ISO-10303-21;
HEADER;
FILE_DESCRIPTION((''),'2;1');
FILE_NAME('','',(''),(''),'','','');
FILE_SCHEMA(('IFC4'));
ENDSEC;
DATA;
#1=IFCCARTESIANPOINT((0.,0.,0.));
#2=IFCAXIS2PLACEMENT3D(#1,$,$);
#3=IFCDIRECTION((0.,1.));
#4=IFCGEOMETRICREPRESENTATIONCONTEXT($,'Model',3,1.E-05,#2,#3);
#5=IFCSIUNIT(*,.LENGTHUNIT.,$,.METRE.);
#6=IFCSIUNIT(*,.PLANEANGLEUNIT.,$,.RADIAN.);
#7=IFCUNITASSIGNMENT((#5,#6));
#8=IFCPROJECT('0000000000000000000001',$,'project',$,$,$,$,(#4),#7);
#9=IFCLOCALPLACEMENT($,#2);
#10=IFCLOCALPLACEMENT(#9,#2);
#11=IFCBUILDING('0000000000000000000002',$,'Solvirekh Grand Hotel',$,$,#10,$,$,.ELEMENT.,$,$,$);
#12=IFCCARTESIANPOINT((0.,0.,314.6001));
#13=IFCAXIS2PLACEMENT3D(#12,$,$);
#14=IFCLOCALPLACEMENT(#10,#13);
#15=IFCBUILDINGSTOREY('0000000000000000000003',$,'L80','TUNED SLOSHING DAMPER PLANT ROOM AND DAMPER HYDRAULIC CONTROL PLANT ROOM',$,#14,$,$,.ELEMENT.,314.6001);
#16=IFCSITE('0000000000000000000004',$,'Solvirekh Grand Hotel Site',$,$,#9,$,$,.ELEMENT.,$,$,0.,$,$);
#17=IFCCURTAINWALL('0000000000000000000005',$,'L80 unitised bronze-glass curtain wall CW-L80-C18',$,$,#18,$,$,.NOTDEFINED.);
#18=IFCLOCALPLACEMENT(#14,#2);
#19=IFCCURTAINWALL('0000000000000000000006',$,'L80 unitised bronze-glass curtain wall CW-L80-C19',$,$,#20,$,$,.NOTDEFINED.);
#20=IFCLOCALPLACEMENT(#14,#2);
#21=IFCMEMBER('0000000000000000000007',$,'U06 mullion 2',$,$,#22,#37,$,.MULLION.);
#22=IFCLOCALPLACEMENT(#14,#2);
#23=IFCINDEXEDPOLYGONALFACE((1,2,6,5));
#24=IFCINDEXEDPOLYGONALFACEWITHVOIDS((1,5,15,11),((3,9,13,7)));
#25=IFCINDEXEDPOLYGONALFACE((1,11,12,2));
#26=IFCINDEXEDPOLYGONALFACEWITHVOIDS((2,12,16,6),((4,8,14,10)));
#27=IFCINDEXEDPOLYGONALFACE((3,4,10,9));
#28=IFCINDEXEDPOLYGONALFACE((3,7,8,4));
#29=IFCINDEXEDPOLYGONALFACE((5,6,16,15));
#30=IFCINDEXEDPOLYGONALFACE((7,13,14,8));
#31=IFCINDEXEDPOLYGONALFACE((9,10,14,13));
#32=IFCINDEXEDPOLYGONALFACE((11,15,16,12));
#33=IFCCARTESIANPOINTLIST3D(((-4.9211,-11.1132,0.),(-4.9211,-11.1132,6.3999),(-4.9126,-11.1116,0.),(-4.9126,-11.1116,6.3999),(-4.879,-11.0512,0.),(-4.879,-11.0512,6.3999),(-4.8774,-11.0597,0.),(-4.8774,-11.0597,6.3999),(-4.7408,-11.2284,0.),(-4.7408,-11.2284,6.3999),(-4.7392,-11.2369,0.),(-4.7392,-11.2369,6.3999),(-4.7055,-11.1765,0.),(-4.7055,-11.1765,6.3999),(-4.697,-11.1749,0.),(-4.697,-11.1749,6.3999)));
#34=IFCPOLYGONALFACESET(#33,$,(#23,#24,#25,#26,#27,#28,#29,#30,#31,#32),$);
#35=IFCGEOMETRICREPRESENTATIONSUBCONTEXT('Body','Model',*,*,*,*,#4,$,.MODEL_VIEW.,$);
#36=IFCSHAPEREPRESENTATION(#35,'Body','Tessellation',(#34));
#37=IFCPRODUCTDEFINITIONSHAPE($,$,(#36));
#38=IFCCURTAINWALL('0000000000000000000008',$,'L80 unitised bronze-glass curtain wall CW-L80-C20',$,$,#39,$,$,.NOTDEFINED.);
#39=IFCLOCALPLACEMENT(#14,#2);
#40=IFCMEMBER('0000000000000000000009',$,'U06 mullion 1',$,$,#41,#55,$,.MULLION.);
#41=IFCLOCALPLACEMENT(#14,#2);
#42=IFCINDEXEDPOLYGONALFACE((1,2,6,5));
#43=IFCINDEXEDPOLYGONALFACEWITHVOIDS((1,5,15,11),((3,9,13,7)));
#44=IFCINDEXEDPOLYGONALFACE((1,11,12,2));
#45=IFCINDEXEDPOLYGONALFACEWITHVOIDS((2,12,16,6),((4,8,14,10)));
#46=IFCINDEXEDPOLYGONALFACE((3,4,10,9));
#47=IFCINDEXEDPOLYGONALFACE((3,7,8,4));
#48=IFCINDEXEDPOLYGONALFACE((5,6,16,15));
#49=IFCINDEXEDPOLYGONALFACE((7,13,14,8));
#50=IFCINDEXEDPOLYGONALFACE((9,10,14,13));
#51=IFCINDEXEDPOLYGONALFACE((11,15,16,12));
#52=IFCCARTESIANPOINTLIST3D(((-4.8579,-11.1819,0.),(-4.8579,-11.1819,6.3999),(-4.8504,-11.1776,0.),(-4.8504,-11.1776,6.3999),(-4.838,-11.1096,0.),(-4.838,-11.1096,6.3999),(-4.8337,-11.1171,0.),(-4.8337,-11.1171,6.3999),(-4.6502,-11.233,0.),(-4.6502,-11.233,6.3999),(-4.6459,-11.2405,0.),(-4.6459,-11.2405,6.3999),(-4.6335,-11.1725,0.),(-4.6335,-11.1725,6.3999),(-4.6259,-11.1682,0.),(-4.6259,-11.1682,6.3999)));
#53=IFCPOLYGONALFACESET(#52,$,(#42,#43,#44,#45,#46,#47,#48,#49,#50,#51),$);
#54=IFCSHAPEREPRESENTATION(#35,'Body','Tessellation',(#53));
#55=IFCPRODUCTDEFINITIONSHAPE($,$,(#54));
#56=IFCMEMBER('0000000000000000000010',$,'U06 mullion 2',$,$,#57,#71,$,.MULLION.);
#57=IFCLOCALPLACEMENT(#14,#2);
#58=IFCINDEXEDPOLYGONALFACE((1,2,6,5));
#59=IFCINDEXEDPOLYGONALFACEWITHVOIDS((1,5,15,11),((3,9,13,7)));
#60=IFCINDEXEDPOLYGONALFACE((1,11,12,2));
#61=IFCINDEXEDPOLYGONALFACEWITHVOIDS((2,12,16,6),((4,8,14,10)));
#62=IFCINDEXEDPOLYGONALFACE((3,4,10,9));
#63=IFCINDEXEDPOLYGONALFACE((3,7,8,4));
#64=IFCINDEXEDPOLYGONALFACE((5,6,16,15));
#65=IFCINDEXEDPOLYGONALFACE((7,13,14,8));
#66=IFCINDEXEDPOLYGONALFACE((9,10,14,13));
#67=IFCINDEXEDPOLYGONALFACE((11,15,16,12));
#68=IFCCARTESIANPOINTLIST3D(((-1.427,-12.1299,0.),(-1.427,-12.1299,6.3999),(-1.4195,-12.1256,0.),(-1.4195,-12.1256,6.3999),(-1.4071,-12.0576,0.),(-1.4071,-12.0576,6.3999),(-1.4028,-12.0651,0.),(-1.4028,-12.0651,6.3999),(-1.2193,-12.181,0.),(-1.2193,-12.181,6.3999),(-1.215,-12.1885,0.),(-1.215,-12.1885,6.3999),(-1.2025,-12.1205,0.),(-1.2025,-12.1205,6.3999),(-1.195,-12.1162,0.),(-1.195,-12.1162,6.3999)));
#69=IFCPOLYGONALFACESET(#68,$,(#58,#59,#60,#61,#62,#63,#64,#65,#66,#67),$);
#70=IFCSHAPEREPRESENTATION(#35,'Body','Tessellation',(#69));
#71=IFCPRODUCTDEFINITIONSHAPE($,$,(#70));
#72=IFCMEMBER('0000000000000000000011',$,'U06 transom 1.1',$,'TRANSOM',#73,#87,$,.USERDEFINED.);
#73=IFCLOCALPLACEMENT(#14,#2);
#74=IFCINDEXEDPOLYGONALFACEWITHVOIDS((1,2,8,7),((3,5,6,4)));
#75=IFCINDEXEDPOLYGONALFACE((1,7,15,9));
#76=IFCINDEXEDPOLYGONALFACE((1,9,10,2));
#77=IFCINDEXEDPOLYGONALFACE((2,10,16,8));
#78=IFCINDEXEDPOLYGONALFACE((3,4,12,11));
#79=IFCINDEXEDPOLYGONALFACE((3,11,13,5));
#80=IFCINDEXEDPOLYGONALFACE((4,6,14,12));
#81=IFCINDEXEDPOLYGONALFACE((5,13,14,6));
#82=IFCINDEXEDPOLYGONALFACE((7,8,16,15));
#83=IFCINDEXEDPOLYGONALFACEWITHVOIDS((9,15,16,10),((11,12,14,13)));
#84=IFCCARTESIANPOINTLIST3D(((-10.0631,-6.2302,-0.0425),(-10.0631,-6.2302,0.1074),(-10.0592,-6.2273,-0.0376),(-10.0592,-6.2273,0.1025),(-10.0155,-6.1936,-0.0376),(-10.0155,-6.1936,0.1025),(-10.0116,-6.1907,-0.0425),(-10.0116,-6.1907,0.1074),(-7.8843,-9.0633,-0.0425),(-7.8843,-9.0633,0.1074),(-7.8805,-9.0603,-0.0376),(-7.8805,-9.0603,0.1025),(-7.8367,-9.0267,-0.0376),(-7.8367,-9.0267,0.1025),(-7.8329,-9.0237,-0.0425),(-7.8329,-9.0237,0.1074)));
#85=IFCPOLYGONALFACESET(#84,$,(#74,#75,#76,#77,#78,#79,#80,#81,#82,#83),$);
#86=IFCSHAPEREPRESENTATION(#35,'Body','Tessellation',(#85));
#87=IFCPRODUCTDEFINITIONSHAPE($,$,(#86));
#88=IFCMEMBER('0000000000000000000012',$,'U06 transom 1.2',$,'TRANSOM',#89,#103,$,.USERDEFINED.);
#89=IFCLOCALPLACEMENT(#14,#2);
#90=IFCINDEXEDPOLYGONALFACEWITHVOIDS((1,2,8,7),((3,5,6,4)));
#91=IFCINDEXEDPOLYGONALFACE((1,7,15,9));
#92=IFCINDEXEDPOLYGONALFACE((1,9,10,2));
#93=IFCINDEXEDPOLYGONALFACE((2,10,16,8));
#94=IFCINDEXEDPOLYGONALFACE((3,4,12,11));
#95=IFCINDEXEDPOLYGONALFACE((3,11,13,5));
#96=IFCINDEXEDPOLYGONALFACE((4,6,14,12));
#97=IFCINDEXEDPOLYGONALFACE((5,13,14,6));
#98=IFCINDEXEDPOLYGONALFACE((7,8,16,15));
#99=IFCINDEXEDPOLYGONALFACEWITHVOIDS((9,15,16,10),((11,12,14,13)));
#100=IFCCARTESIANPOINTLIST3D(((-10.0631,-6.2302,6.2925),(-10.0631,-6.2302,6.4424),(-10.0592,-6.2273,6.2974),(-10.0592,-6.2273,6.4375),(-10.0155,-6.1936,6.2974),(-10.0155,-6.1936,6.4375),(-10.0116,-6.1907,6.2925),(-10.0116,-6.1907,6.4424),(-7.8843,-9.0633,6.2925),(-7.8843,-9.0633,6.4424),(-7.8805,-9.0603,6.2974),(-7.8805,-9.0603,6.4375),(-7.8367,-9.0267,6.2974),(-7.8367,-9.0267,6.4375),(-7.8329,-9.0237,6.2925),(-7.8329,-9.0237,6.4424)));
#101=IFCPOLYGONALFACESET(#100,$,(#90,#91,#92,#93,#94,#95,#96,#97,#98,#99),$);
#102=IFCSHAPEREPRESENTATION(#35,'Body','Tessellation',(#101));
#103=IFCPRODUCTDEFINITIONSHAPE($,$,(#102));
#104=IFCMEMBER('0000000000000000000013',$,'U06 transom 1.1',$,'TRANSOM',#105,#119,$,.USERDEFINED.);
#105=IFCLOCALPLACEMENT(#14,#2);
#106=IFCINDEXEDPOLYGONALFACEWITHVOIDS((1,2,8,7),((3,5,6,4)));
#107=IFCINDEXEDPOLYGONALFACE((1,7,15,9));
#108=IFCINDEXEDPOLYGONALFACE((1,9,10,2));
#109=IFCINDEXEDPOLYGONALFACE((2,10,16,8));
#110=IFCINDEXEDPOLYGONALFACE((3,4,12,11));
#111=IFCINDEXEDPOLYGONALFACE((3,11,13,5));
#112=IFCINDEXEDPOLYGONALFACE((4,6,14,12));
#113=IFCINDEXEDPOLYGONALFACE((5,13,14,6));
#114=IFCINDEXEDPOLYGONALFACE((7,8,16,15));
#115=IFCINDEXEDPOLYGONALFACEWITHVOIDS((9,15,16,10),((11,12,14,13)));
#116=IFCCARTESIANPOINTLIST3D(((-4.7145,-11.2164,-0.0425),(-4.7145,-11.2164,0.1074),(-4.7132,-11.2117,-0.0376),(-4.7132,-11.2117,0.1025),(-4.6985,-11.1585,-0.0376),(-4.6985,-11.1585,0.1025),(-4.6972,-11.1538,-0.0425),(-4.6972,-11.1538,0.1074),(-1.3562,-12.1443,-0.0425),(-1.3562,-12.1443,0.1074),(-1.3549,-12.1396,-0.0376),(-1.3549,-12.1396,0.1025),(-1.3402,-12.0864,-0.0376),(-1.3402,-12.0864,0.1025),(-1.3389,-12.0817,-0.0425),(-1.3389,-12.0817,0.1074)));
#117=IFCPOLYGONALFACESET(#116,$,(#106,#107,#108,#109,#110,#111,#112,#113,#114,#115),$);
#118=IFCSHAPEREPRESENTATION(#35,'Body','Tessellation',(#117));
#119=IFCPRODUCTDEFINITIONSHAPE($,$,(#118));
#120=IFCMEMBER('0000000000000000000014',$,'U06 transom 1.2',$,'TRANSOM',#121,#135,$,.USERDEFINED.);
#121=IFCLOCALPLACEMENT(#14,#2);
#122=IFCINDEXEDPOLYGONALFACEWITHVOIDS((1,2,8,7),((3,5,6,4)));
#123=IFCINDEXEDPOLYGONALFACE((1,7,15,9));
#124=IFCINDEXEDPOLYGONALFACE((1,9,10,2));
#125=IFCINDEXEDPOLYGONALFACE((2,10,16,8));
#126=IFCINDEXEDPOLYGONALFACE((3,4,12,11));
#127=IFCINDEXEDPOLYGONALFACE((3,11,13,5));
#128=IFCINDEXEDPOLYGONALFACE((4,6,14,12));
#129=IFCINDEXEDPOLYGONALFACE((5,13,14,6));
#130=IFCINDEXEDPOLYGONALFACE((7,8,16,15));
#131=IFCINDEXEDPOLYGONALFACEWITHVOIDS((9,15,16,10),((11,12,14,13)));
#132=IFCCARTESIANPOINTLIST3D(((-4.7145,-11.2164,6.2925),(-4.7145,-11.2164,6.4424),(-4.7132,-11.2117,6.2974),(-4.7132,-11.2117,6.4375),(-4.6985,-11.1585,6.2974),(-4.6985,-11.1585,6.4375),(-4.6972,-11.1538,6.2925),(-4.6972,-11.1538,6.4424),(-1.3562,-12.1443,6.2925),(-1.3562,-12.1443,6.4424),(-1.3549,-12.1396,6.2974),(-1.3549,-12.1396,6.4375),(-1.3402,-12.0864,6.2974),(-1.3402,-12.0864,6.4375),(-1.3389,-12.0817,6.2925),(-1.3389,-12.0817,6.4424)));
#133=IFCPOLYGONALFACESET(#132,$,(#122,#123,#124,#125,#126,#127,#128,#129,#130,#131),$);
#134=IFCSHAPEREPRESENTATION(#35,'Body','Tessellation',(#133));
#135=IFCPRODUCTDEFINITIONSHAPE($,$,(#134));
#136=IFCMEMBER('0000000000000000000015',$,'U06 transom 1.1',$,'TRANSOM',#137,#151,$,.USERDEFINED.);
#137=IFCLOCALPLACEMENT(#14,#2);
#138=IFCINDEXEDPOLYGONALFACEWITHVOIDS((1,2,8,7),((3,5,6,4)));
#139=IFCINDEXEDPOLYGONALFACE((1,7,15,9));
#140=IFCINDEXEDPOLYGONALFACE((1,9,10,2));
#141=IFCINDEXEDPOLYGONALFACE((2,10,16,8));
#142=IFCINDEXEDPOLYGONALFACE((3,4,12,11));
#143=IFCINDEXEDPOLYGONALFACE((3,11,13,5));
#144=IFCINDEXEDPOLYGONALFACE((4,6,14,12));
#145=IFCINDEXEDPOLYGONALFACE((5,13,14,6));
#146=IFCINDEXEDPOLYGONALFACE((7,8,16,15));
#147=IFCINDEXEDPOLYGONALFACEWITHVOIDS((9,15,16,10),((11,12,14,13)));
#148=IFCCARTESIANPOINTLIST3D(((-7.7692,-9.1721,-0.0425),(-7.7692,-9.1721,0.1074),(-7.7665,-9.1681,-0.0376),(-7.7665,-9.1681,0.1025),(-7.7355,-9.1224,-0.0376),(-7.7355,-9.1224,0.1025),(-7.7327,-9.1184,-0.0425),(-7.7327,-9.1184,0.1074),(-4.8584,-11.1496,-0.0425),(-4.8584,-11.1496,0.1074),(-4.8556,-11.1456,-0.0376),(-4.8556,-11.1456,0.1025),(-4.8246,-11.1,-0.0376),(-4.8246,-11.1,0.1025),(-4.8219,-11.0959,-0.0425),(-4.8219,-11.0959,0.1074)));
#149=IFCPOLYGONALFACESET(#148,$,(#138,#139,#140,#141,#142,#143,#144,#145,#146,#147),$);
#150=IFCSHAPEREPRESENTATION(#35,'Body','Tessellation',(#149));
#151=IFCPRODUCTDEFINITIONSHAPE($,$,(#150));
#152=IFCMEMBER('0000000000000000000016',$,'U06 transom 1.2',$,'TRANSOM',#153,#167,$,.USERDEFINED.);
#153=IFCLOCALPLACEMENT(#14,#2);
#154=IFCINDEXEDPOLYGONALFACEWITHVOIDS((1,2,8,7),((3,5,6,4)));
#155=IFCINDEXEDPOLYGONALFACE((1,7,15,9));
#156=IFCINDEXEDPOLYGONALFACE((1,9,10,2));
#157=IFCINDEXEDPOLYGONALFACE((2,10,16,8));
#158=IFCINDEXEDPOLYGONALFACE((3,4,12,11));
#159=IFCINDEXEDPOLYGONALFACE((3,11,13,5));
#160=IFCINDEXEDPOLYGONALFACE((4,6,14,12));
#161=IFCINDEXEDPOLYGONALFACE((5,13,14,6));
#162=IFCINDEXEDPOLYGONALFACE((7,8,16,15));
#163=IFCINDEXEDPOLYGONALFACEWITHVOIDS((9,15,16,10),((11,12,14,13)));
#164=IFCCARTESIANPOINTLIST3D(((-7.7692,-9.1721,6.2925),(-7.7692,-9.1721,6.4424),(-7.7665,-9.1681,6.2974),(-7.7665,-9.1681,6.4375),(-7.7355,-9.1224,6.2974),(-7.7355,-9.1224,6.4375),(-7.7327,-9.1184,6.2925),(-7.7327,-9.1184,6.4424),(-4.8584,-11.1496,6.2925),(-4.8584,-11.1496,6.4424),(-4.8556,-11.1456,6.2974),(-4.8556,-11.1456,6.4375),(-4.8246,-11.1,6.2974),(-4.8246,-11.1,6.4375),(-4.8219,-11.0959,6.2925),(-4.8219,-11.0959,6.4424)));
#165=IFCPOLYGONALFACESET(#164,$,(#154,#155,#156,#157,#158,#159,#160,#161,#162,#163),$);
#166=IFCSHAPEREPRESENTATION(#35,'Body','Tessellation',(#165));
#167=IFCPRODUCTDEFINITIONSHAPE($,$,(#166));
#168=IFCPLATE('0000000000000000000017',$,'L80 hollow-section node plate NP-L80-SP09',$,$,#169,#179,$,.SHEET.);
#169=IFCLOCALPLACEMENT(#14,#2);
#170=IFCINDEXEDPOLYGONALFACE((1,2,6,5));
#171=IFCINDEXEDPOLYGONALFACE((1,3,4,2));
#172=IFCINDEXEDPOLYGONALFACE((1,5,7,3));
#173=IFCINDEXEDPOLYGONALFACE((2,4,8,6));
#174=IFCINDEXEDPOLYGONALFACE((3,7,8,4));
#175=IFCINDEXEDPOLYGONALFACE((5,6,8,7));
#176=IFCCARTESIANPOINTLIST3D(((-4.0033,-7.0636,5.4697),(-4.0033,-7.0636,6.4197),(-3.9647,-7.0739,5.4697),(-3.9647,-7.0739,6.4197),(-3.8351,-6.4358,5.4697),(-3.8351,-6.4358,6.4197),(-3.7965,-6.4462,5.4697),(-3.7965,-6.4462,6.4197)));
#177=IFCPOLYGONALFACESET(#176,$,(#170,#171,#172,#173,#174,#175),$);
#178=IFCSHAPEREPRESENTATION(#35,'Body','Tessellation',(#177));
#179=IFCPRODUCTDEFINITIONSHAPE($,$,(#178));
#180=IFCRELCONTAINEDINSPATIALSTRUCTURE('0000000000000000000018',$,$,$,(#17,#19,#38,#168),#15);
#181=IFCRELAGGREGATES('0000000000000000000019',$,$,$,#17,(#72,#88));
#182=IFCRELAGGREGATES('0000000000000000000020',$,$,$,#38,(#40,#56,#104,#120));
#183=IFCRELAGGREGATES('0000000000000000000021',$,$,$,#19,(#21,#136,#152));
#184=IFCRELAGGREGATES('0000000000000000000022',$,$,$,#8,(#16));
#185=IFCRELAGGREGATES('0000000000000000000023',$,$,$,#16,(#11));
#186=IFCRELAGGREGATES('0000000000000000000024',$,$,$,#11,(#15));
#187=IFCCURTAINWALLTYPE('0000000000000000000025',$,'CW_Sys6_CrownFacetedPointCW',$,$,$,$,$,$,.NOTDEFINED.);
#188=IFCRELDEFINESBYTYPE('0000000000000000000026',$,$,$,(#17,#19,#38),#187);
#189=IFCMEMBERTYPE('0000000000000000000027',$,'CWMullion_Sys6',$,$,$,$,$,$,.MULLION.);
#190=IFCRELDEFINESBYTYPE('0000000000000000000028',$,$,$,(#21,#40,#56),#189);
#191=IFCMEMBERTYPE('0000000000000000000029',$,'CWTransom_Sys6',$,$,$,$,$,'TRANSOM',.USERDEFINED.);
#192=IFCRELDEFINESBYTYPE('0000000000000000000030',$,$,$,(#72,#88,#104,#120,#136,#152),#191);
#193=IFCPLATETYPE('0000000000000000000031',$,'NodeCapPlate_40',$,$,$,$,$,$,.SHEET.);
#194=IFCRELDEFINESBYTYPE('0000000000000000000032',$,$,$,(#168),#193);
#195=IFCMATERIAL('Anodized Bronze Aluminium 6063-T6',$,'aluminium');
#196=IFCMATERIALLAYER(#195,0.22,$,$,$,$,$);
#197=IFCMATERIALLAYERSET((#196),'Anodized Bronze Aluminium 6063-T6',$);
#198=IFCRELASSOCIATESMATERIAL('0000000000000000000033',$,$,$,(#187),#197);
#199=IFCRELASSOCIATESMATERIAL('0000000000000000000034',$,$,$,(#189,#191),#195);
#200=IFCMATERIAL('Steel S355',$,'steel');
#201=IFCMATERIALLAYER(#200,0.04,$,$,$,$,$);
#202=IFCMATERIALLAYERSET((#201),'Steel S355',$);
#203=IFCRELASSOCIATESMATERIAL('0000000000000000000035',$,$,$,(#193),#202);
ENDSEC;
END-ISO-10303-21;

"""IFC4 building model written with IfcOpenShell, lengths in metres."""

from ifc_helpers import new_model, si_unit, direction, frame, origin, origin_2d, place, context, subcontext, project, spatial, rectangle, hollow_rectangle, extrude, source, transform, mapped, material, layer, layer_set, material_profile, profile_set, type_object, element, aggregate, save


model = new_model("IFC4")

# Units and contexts
model_context = context("Model", 3, precision=1e-05, world=origin(), true_north=direction((0.0, 1.0)))
body_context = subcontext(model_context, "Body", "Model", "MODEL_VIEW")
ifc_project = project(units=[si_unit("LENGTHUNIT", "METRE"), si_unit("PLANEANGLEUNIT", "RADIAN")], contexts=[model_context])

# Site, building, storey
site_placement = place(None, origin())
site = spatial("IfcSite", under=ifc_project, at=site_placement, Name="Solvirekh Grand Hotel Site", CompositionType="ELEMENT", RefElevation=0.0)
building_placement = place(site_placement, origin())
building = spatial("IfcBuilding", under=site, at=building_placement, Name="Solvirekh Grand Hotel", CompositionType="ELEMENT")
storey_placement = place(building_placement, frame((0.0, 0.0, 314.6001)))
storey = spatial("IfcBuildingStorey", under=building, at=storey_placement, Name="L80", Description="TUNED SLOSHING DAMPER PLANT ROOM AND DAMPER HYDRAULIC CONTROL PLANT ROOM", CompositionType="ELEMENT", Elevation=314.6001)

# Shared definitions
ifc_material_1 = material(Name="Steel S355", Category="steel")

# Shared definitions
ifc_material_2 = material(Name="Anodized Bronze Aluminium 6063-T6", Category="aluminium")
ifc_layer_1 = layer(ifc_material_2, 0.22)
ifc_layer_set_1 = layer_set([ifc_layer_1], Name="Anodized Bronze Aluminium 6063-T6")
curtain_wall_type = type_object("IfcCurtainWallType", Name="CW_Sys6_CrownFacetedPointCW", PredefinedType="NOTDEFINED", material=ifc_layer_set_1)
ifc_material_profile_1 = material_profile(ifc_material_2, hollow_rectangle(XDim=0.075, YDim=0.22, WallThickness=0.0061, at=origin_2d()), Name="ALU RHS 220X75X6")
ifc_profile_set_1 = profile_set([ifc_material_profile_1], Name="Anodized Bronze Aluminium 6063-T6")
member_type_1 = type_object("IfcMemberType", Name="CWMullion_Sys6", PredefinedType="MULLION", material=ifc_profile_set_1)
shared_shape_1 = source(origin(), body_context, "Body", "SweptSolid", [
    extrude(hollow_rectangle(XDim=0.075, YDim=0.22, WallThickness=0.0061, at=origin_2d()), origin(), (0.0, 0.0, 1.0), 6.3999),
])

# Curtain walls, members
curtain_wall_1_placement = place(storey_placement, origin())
curtain_wall_1 = element("IfcCurtainWall", 1, at=curtain_wall_1_placement, inside=storey, type_object=curtain_wall_type, Name="L80 unitised bronze-glass curtain wall CW-L80-C18", PredefinedType="NOTDEFINED")
curtain_wall_2_placement = place(storey_placement, origin())
curtain_wall_2 = element("IfcCurtainWall", 2, at=curtain_wall_2_placement, inside=storey, type_object=curtain_wall_type, Name="L80 unitised bronze-glass curtain wall CW-L80-C19", PredefinedType="NOTDEFINED")
member_1_placement = place(storey_placement, frame((-4.8091, -11.144, 0.0), z_axis=(0.0, 0.0, 1.0), x_axis=(0.561975, 0.827155, 0.0)))
member_1 = element("IfcMember", 3, at=member_1_placement, type_object=member_type_1, Name="U06 mullion 2", PredefinedType="MULLION", context=body_context, shape_type="MappedRepresentation", body=[
    mapped(shared_shape_1, transform((0.0, 0.0, 0.0), x_axis=(1.0, 0.0, 0.0), y_axis=(0.0, 1.0, 0.0), z_axis=(0.0, 0.0, 1.0), scale=1.0)),
])
curtain_wall_3_placement = place(storey_placement, origin())
curtain_wall_3 = element("IfcCurtainWall", 4, at=curtain_wall_3_placement, inside=storey, type_object=curtain_wall_type, Name="L80 unitised bronze-glass curtain wall CW-L80-C20", PredefinedType="NOTDEFINED")
member_2_placement = place(storey_placement, frame((-4.7419, -11.175, 0.0), z_axis=(0.0, 0.0, 1.0), x_axis=(0.266352, 0.963876, 0.0)))
member_2 = element("IfcMember", 5, at=member_2_placement, type_object=member_type_1, Name="U06 mullion 1", PredefinedType="MULLION", context=body_context, shape_type="MappedRepresentation", body=[
    mapped(shared_shape_1, transform((0.0, 0.0, 0.0), x_axis=(1.0, 0.0, 0.0), y_axis=(0.0, 1.0, 0.0), z_axis=(0.0, 0.0, 1.0), scale=1.0)),
])
member_3_placement = place(storey_placement, frame((-1.311, -12.123, 0.0), z_axis=(0.0, 0.0, 1.0), x_axis=(0.266352, 0.963876, 0.0)))
member_3 = element("IfcMember", 6, at=member_3_placement, type_object=member_type_1, Name="U06 mullion 2", PredefinedType="MULLION", context=body_context, shape_type="MappedRepresentation", body=[
    mapped(shared_shape_1, transform((0.0, 0.0, 0.0), x_axis=(1.0, 0.0, 0.0), y_axis=(0.0, 1.0, 0.0), z_axis=(0.0, 0.0, 1.0), scale=1.0)),
])

# Members
ifc_material_profile_2 = material_profile(ifc_material_2, hollow_rectangle(XDim=0.0649, YDim=0.1499, WallThickness=0.0049, at=origin_2d()), Name="ALU RHS 150X65X5")
ifc_profile_set_2 = profile_set([ifc_material_profile_2], Name="Anodized Bronze Aluminium 6063-T6")
member_type_2 = type_object("IfcMemberType", Name="CWTransom_Sys6", ElementType="TRANSOM", PredefinedType="USERDEFINED", material=ifc_profile_set_2)
shared_shape_2 = source(origin(), body_context, "Body", "SweptSolid", [
    extrude(hollow_rectangle(XDim=0.0649, YDim=0.1499, WallThickness=0.0049, at=origin_2d()), origin(), (0.0, 0.0, 1.0), 3.574),
])
member_4_placement = place(storey_placement, frame((-10.0374, -6.2104, 0.0325), z_axis=(0.609618, -0.792695, 0.0), x_axis=(0.792695, 0.609618, 0.0)))
member_4 = element("IfcMember", 7, at=member_4_placement, type_object=member_type_2, Name="U06 transom 1.1", ObjectType="TRANSOM", PredefinedType="USERDEFINED", context=body_context, shape_type="MappedRepresentation", body=[
    mapped(shared_shape_2, transform((0.0, 0.0, 0.0), x_axis=(1.0, 0.0, 0.0), y_axis=(0.0, 1.0, 0.0), z_axis=(0.0, 0.0, 1.0), scale=1.0)),
])
member_5_placement = place(storey_placement, frame((-10.0374, -6.2104, 6.3674), z_axis=(0.609618, -0.792695, 0.0), x_axis=(0.792695, 0.609618, 0.0)))
member_5 = element("IfcMember", 8, at=member_5_placement, type_object=member_type_2, Name="U06 transom 1.2", ObjectType="TRANSOM", PredefinedType="USERDEFINED", context=body_context, shape_type="MappedRepresentation", body=[
    mapped(shared_shape_2, transform((0.0, 0.0, 0.0), x_axis=(1.0, 0.0, 0.0), y_axis=(0.0, 1.0, 0.0), z_axis=(0.0, 0.0, 1.0), scale=1.0)),
])
shared_shape_3 = source(origin(), body_context, "Body", "SweptSolid", [
    extrude(hollow_rectangle(XDim=0.0649, YDim=0.1499, WallThickness=0.0049, at=origin_2d()), origin(), (0.0, 0.0, 1.0), 3.4841),
])
member_6_placement = place(storey_placement, frame((-4.7058, -11.1851, 0.0325), z_axis=(0.96388, -0.266335, 0.0), x_axis=(0.266335, 0.96388, 0.0)))
member_6 = element("IfcMember", 9, at=member_6_placement, type_object=member_type_2, Name="U06 transom 1.1", ObjectType="TRANSOM", PredefinedType="USERDEFINED", context=body_context, shape_type="MappedRepresentation", body=[
    mapped(shared_shape_3, transform((0.0, 0.0, 0.0), x_axis=(1.0, 0.0, 0.0), y_axis=(0.0, 1.0, 0.0), z_axis=(0.0, 0.0, 1.0), scale=1.0)),
])
member_7_placement = place(storey_placement, frame((-4.7058, -11.1851, 6.3674), z_axis=(0.96388, -0.266335, 0.0), x_axis=(0.266335, 0.96388, 0.0)))
member_7 = element("IfcMember", 10, at=member_7_placement, type_object=member_type_2, Name="U06 transom 1.2", ObjectType="TRANSOM", PredefinedType="USERDEFINED", context=body_context, shape_type="MappedRepresentation", body=[
    mapped(shared_shape_3, transform((0.0, 0.0, 0.0), x_axis=(1.0, 0.0, 0.0), y_axis=(0.0, 1.0, 0.0), z_axis=(0.0, 0.0, 1.0), scale=1.0)),
])
shared_shape_4 = source(origin(), body_context, "Body", "SweptSolid", [
    extrude(hollow_rectangle(XDim=0.0649, YDim=0.1499, WallThickness=0.0049, at=origin_2d()), origin(), (0.0, 0.0, 1.0), 3.519),
])
member_8_placement = place(storey_placement, frame((-7.751, -9.1453, 0.0325), z_axis=(0.827173, -0.561948, 0.0), x_axis=(0.561948, 0.827173, 0.0)))
member_8 = element("IfcMember", 11, at=member_8_placement, type_object=member_type_2, Name="U06 transom 1.1", ObjectType="TRANSOM", PredefinedType="USERDEFINED", context=body_context, shape_type="MappedRepresentation", body=[
    mapped(shared_shape_4, transform((0.0, 0.0, 0.0), x_axis=(1.0, 0.0, 0.0), y_axis=(0.0, 1.0, 0.0), z_axis=(0.0, 0.0, 1.0), scale=1.0)),
])
member_9_placement = place(storey_placement, frame((-7.751, -9.1453, 6.3674), z_axis=(0.827173, -0.561948, 0.0), x_axis=(0.561948, 0.827173, 0.0)))
member_9 = element("IfcMember", 12, at=member_9_placement, type_object=member_type_2, Name="U06 transom 1.2", ObjectType="TRANSOM", PredefinedType="USERDEFINED", context=body_context, shape_type="MappedRepresentation", body=[
    mapped(shared_shape_4, transform((0.0, 0.0, 0.0), x_axis=(1.0, 0.0, 0.0), y_axis=(0.0, 1.0, 0.0), z_axis=(0.0, 0.0, 1.0), scale=1.0)),
])

# Plate
ifc_layer_2 = layer(ifc_material_1, 0.04)
ifc_layer_set_2 = layer_set([ifc_layer_2], Name="Steel S355")
plate_type_1 = type_object("IfcPlateType", Name="NodeCapPlate_40", PredefinedType="SHEET", material=ifc_layer_set_2)
plate_1_placement = place(storey_placement, frame((-3.8999, -6.7549, 5.4697), z_axis=(0.0, 0.0, 1.0), x_axis=(0.965926, -0.258819, 0.0)))
element("IfcPlate", 13, at=plate_1_placement, inside=storey, type_object=plate_type_1, Name="L80 hollow-section node plate NP-L80-SP09", PredefinedType="SHEET", context=body_context, shape_type="SweptSolid", body=[
    extrude(rectangle(XDim=0.04, YDim=0.6499, at=origin_2d()), origin(), (0.0, 0.0, 1.0), 0.95),
])
aggregate(curtain_wall_1, [member_4, member_5])
aggregate(curtain_wall_3, [member_2, member_3, member_6, member_7])
aggregate(curtain_wall_2, [member_1, member_8, member_9])

save(model, "model.ifc")
